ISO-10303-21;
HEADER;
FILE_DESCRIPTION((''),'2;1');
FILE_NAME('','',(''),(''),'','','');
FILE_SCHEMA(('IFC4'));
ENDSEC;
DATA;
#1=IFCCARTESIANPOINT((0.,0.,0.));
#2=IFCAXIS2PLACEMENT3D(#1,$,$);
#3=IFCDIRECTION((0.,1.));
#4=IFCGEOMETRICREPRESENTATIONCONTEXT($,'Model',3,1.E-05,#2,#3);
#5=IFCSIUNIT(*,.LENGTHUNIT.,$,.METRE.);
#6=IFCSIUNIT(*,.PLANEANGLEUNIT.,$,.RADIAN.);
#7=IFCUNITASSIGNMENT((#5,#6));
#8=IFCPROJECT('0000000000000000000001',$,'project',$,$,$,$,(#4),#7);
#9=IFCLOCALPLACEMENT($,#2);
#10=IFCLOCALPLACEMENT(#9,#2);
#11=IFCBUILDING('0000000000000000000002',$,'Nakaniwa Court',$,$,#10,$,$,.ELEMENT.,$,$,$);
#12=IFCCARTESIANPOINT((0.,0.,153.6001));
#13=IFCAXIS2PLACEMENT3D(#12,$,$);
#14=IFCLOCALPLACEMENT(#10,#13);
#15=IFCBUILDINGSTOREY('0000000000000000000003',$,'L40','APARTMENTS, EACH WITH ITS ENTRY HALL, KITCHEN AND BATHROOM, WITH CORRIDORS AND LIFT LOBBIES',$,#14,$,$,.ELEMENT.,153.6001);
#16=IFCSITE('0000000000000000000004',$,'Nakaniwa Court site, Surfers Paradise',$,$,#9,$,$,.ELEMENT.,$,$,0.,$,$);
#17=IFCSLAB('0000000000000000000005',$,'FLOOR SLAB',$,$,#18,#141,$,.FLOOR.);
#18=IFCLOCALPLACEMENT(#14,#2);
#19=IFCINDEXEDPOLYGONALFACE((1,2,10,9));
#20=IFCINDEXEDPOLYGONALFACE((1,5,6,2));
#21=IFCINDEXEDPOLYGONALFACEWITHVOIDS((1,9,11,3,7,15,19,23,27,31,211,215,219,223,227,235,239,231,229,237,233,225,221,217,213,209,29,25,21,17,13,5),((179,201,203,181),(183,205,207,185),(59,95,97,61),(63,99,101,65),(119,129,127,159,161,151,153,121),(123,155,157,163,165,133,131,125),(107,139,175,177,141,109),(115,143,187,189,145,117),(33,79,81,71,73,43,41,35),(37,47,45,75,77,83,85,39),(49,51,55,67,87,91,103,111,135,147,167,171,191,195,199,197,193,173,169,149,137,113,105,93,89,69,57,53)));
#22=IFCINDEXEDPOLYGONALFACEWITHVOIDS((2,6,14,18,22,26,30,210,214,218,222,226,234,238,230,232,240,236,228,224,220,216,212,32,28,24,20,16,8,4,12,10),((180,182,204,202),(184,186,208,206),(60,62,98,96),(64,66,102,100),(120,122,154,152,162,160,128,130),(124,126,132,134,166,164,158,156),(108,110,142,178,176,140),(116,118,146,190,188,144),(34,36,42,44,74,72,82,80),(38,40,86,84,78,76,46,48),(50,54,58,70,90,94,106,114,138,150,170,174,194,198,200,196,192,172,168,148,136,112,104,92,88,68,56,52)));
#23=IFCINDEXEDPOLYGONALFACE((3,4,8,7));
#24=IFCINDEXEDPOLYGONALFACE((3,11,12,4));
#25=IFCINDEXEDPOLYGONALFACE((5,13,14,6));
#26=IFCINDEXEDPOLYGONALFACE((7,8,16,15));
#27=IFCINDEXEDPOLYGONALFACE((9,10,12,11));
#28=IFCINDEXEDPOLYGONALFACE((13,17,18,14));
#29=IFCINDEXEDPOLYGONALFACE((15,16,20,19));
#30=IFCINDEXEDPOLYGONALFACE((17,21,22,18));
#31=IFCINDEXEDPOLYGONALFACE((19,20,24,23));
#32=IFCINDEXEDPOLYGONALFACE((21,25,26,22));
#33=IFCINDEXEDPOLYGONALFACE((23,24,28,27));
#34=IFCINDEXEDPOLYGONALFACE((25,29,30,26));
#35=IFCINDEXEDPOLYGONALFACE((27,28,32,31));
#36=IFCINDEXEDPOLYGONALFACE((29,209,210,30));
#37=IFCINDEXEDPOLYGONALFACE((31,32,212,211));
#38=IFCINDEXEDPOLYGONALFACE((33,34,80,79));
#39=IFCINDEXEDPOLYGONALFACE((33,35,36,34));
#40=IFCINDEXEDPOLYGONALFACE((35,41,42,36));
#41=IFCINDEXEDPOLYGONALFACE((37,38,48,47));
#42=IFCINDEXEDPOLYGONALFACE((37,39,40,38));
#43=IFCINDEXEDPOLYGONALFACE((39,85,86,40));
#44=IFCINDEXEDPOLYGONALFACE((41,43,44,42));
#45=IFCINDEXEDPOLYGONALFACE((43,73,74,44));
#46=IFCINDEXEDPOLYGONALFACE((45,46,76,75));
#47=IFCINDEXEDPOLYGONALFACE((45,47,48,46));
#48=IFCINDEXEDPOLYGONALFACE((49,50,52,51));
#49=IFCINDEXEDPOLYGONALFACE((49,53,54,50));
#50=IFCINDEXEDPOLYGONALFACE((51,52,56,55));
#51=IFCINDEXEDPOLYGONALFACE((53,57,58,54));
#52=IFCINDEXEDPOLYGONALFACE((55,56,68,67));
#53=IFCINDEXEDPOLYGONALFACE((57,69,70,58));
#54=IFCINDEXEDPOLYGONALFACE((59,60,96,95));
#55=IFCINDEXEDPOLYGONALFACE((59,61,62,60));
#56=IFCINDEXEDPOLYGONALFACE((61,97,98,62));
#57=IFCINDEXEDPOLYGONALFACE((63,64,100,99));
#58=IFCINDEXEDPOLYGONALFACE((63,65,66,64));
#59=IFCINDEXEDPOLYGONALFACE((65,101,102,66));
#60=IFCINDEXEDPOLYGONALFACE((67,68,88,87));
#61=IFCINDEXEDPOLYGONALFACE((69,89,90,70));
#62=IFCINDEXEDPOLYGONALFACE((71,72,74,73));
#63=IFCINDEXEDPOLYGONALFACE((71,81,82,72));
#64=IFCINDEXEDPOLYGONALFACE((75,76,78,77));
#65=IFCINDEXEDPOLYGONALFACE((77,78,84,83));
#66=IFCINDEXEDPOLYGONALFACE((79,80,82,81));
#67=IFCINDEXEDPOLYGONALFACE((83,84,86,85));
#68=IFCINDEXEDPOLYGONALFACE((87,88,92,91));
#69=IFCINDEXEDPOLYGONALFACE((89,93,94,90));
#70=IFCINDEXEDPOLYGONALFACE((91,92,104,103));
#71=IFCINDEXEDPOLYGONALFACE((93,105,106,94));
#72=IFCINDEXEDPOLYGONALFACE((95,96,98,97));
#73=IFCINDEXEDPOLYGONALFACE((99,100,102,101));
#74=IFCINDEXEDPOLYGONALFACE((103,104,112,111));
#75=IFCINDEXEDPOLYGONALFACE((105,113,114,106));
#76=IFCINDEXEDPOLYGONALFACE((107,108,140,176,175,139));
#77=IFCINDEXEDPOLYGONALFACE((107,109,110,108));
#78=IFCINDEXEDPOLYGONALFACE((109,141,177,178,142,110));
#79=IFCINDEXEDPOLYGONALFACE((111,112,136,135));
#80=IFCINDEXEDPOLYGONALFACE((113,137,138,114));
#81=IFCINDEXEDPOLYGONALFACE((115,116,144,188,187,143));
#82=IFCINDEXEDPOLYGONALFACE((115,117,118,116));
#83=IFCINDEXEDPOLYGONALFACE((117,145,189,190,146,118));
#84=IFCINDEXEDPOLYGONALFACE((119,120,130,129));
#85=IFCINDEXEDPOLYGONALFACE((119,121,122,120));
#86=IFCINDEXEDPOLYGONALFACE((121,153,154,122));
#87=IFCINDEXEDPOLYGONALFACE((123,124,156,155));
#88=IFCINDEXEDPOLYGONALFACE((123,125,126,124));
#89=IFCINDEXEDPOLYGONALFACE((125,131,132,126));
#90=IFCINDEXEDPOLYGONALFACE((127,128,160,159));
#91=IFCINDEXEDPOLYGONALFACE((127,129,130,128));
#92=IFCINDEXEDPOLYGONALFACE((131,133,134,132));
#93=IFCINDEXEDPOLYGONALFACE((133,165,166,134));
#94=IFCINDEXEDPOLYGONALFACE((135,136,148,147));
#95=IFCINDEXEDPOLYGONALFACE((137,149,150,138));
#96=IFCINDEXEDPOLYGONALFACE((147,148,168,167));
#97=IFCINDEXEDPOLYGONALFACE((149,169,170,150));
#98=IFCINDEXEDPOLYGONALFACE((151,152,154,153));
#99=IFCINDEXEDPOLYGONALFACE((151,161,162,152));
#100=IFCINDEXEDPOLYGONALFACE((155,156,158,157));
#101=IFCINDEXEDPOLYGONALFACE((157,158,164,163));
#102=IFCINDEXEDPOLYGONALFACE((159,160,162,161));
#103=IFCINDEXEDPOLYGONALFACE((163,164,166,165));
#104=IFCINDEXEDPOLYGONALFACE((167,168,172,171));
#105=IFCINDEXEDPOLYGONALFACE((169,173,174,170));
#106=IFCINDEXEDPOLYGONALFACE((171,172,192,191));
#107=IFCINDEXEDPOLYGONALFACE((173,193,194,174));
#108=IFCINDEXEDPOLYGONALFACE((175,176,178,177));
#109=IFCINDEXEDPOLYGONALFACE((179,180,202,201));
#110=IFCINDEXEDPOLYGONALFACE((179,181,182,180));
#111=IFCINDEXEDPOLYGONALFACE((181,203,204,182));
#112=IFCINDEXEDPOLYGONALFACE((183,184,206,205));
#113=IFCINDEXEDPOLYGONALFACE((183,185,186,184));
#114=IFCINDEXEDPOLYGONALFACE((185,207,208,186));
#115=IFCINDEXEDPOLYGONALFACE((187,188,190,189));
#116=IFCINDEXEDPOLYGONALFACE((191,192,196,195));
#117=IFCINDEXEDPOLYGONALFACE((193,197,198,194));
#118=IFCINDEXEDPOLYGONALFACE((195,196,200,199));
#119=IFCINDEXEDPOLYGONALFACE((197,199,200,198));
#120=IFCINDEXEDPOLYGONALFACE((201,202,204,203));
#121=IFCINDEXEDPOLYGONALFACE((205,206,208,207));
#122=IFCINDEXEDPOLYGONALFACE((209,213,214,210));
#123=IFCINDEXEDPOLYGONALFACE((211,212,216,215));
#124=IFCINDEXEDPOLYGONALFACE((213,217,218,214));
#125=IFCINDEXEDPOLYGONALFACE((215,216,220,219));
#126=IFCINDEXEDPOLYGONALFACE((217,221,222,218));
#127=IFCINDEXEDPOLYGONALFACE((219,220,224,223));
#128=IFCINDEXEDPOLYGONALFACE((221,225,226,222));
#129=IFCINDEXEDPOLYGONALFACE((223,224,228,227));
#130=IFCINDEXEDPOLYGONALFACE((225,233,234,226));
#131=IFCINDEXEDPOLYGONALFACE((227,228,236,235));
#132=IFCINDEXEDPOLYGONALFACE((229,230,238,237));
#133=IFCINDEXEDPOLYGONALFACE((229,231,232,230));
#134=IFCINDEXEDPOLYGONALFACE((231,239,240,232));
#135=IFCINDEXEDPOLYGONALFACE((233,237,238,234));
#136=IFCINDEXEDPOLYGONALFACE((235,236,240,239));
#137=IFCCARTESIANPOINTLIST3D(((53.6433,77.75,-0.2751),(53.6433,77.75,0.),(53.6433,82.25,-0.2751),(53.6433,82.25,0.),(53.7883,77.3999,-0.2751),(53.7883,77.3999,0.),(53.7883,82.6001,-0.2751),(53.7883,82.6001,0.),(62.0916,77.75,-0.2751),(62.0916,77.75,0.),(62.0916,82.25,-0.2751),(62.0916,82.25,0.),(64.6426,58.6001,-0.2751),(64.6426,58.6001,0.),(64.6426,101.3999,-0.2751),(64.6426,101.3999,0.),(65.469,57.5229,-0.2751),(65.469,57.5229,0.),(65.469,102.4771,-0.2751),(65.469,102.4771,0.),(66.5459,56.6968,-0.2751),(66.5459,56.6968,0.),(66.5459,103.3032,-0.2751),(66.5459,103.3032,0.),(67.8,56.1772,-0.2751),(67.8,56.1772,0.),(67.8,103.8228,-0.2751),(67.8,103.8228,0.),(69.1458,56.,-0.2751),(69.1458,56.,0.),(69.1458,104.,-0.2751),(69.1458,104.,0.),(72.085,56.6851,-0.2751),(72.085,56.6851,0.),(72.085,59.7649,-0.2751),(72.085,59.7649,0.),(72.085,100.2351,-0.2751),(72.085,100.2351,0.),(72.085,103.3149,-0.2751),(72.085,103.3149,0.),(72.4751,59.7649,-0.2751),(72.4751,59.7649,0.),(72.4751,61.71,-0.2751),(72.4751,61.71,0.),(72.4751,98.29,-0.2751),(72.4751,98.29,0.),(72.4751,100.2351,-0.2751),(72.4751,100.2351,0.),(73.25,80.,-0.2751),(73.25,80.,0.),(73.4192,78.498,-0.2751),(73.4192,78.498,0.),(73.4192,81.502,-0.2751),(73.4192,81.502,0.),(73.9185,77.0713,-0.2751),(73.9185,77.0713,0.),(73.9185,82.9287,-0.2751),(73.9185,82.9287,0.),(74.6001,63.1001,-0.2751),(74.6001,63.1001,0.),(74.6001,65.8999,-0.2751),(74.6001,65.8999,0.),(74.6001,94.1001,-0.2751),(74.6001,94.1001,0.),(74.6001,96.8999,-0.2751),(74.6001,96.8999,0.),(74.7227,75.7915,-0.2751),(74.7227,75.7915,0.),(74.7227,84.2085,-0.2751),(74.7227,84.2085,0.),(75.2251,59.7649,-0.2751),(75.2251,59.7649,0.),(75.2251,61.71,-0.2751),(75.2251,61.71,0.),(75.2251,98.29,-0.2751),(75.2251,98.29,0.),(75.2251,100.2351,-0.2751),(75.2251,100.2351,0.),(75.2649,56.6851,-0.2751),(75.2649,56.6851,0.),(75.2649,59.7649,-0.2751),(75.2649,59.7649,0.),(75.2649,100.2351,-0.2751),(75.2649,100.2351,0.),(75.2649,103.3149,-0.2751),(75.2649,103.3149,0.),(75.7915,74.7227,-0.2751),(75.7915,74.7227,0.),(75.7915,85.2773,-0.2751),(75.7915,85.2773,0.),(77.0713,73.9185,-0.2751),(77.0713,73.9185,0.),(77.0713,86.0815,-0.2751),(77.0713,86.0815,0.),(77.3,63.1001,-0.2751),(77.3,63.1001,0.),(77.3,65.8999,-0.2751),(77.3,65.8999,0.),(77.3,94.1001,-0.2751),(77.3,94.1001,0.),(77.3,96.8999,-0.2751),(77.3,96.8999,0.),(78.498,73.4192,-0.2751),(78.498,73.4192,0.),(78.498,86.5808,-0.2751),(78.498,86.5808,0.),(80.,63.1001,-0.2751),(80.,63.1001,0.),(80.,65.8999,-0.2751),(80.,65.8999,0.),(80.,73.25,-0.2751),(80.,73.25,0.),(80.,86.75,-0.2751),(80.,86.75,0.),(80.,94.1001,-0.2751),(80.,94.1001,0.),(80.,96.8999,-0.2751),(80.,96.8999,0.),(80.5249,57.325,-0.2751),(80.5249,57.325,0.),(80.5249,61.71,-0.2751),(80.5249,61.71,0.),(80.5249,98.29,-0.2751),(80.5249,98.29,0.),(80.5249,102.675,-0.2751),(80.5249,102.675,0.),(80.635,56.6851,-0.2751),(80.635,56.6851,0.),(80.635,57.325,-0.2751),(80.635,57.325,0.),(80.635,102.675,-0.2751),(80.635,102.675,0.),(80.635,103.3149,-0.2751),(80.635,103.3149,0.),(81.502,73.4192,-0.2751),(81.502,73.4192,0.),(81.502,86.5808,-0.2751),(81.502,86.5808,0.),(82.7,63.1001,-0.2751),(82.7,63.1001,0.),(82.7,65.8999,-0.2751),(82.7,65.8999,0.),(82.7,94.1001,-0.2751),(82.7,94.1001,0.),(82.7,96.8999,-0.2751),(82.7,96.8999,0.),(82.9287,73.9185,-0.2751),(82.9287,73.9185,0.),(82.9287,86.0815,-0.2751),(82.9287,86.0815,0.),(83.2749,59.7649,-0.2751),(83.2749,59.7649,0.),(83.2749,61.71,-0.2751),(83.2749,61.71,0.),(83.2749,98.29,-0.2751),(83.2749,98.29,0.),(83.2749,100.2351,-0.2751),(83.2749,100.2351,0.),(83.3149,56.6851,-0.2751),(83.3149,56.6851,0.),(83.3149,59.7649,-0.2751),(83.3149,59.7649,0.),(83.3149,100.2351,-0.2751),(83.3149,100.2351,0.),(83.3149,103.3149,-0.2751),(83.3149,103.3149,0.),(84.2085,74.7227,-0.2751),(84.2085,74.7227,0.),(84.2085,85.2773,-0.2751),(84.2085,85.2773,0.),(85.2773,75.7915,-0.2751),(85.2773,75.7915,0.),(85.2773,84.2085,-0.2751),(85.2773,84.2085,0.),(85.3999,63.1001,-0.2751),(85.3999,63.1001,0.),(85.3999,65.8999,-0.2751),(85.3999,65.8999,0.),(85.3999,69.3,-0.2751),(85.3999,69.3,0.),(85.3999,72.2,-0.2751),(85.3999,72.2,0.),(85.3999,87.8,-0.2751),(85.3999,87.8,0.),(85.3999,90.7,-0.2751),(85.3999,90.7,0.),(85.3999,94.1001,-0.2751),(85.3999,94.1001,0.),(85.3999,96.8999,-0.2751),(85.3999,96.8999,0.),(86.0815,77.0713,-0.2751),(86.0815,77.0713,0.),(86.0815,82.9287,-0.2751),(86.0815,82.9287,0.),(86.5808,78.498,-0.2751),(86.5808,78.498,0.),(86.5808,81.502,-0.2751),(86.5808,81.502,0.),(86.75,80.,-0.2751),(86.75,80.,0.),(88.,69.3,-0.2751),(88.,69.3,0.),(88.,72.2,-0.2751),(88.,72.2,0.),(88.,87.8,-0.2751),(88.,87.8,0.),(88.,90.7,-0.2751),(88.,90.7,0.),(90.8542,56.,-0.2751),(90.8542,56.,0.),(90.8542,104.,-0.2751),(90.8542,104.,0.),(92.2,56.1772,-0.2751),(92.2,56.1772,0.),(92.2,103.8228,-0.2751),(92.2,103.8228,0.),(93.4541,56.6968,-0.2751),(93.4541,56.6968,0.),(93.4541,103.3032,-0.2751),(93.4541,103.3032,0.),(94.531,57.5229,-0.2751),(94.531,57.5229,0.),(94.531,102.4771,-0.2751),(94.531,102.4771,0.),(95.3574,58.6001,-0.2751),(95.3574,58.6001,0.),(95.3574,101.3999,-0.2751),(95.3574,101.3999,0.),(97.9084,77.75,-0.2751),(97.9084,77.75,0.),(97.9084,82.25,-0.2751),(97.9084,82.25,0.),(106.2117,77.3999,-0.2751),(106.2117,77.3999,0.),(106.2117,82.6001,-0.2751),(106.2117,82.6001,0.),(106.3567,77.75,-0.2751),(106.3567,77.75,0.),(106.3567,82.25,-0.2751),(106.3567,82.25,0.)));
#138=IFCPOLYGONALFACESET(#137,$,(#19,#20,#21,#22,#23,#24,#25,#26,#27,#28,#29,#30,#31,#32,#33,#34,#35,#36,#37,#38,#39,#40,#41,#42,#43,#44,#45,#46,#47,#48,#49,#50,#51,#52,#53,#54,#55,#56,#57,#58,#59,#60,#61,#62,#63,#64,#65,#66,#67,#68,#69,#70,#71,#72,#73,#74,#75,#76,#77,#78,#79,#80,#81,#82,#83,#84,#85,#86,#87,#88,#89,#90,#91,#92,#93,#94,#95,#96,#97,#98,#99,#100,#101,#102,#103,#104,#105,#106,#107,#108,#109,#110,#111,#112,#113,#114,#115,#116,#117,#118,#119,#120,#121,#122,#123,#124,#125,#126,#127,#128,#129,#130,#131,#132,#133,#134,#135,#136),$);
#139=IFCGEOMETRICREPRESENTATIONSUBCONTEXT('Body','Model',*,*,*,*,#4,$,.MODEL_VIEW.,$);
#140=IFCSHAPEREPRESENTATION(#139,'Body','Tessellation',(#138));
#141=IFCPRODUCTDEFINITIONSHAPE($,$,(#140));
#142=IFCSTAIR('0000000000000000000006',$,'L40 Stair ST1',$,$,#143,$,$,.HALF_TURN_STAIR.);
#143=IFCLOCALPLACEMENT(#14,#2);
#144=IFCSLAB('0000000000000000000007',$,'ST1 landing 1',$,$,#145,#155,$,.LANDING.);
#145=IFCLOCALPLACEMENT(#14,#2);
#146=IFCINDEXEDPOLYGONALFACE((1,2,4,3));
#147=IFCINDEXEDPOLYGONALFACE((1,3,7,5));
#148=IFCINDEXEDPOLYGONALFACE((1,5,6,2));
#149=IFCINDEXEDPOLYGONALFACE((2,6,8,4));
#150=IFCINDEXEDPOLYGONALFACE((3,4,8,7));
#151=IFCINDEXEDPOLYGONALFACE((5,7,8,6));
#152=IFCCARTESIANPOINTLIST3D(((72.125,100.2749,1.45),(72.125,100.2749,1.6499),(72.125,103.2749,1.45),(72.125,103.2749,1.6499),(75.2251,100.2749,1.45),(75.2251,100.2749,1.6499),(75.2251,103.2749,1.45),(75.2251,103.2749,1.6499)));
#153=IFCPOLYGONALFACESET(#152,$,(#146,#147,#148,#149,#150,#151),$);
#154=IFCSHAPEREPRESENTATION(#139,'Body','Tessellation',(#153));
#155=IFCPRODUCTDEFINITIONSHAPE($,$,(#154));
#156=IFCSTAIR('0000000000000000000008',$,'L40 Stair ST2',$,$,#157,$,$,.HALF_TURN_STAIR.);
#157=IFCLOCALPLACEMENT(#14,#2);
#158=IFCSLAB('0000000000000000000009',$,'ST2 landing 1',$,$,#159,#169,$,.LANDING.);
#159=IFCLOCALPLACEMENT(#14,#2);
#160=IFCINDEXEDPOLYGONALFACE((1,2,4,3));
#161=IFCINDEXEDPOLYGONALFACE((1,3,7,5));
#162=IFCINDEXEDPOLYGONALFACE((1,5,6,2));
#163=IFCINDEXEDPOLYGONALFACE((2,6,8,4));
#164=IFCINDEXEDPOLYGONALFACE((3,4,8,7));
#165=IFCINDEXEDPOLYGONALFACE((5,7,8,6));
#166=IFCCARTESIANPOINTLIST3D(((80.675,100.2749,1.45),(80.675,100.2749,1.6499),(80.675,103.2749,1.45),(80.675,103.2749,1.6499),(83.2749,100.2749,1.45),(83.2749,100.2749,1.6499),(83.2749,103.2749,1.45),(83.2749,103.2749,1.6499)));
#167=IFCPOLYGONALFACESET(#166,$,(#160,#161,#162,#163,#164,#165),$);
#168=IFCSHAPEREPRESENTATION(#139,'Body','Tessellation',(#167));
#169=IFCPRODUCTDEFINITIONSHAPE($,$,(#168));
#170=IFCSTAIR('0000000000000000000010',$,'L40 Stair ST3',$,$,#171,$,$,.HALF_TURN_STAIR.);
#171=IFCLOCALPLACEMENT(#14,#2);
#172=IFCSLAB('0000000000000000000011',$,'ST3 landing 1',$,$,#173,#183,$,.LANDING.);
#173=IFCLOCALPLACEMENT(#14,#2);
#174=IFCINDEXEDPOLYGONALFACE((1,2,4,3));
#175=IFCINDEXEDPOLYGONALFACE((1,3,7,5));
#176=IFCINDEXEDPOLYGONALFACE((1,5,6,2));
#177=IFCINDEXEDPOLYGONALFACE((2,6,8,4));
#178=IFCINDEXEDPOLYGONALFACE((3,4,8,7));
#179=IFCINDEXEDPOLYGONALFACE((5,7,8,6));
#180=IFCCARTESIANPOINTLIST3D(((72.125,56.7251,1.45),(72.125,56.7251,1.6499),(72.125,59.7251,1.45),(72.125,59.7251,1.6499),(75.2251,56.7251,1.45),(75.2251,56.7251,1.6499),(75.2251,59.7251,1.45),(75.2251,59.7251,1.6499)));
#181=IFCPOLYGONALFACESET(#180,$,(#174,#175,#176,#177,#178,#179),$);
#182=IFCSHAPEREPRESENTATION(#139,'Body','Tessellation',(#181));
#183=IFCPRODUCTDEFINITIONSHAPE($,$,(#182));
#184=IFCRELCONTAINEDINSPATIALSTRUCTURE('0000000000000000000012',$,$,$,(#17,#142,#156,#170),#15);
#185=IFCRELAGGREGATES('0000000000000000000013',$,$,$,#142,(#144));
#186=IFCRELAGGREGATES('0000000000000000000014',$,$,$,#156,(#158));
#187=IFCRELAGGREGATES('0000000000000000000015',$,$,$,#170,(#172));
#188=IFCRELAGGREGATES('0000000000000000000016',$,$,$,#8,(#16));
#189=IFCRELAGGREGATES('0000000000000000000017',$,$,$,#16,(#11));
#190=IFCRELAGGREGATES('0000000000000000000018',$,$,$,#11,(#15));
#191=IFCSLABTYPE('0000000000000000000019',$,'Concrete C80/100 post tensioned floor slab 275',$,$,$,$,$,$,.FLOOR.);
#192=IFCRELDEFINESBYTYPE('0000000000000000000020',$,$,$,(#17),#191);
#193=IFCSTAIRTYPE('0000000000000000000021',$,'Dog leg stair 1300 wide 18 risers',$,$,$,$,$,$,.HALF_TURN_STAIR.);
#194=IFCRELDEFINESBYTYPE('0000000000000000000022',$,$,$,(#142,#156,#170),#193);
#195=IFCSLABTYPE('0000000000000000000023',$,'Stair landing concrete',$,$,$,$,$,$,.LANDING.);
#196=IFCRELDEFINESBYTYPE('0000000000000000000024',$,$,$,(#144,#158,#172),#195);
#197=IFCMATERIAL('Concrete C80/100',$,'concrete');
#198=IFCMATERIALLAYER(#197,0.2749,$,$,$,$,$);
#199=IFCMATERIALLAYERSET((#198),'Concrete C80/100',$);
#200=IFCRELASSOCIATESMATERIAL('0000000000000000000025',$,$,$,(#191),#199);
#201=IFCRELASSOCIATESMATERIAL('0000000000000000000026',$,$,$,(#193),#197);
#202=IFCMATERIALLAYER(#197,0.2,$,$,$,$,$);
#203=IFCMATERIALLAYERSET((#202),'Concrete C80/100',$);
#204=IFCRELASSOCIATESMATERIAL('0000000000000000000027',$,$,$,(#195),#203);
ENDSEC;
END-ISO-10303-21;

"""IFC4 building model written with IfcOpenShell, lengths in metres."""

from ifc_helpers import new_model, si_unit, direction, frame, origin, place, context, subcontext, project, spatial, polyline, outline, extrude, material, layer, layer_set, type_object, element, aggregate, save


model = new_model("IFC4")

# Units and contexts
model_context = context("Model", 3, precision=1e-05, world=origin(), true_north=direction((0.0, 1.0)))
body_context = subcontext(model_context, "Body", "Model", "MODEL_VIEW")
ifc_project = project(units=[si_unit("LENGTHUNIT", "METRE"), si_unit("PLANEANGLEUNIT", "RADIAN")], contexts=[model_context])

# Site, building, storey
site_placement = place(None, origin())
site = spatial("IfcSite", under=ifc_project, at=site_placement, Name="Nakaniwa Court site, Surfers Paradise", CompositionType="ELEMENT", RefElevation=0.0)
building_placement = place(site_placement, origin())
building = spatial("IfcBuilding", under=site, at=building_placement, Name="Nakaniwa Court", CompositionType="ELEMENT")
storey_placement = place(building_placement, frame((0.0, 0.0, 153.6001)))
storey = spatial("IfcBuildingStorey", under=building, at=storey_placement, Name="L40", Description="APARTMENTS, EACH WITH ITS ENTRY HALL, KITCHEN AND BATHROOM, WITH CORRIDORS AND LIFT LOBBIES", CompositionType="ELEMENT", Elevation=153.6001)

# Shared definitions
ifc_material_1 = material(Name="Concrete C80/100", Category="concrete")

# Slab
ifc_layer_1 = layer(ifc_material_1, 0.2749)
ifc_layer_set_1 = layer_set([ifc_layer_1], Name="Concrete C80/100")
slab_type_1 = type_object("IfcSlabType", Name="Concrete C80/100 post tensioned floor slab 275", PredefinedType="FLOOR", material=ifc_layer_set_1)
slab_1_placement = place(storey_placement, frame((0.0, 0.0, -0.2751)))
element("IfcSlab", 1, at=slab_1_placement, inside=storey, type_object=slab_type_1, Name="FLOOR SLAB", PredefinedType="FLOOR", context=body_context, shape_type="SweptSolid", body=[
    extrude(outline(polyline([(97.9084, 82.25), (106.3567, 82.25), (106.2117, 82.6001), (95.3574, 101.3999), (94.531, 102.4771), (93.4541, 103.3032), (92.2, 103.8228), (90.8542, 104.0), (69.1458, 104.0), (67.8, 103.8228), (66.5459, 103.3032), (65.469, 102.4771), (64.6426, 101.3999), (53.7883, 82.6001), (53.6433, 82.25), (62.0916, 82.25), (62.0916, 77.75), (53.6433, 77.75), (53.7883, 77.3999), (64.6426, 58.6001), (65.469, 57.5229), (66.5459, 56.6968), (67.8, 56.1772), (69.1458, 56.0), (90.8542, 56.0), (92.2, 56.1772), (93.4541, 56.6968), (94.531, 57.5229), (95.3574, 58.6001), (106.2117, 77.3999), (106.3567, 77.75), (97.9084, 77.75), (97.9084, 82.25)]), holes=[polyline([(81.502, 86.5808), (80.0, 86.75), (78.498, 86.5808), (77.0713, 86.0815), (75.7915, 85.2773), (74.7227, 84.2085), (73.9185, 82.9287), (73.4192, 81.502), (73.25, 80.0), (73.4192, 78.498), (73.9185, 77.0713), (74.7227, 75.7915), (75.7915, 74.7227), (77.0713, 73.9185), (78.498, 73.4192), (80.0, 73.25), (81.502, 73.4192), (82.9287, 73.9185), (84.2085, 74.7227), (85.2773, 75.7915), (86.0815, 77.0713), (86.5808, 78.498), (86.75, 80.0), (86.5808, 81.502), (86.0815, 82.9287), (85.2773, 84.2085), (84.2085, 85.2773), (82.9287, 86.0815), (81.502, 86.5808)]), polyline([(72.4751, 61.71), (72.4751, 59.7649), (72.085, 59.7649), (72.085, 56.6851), (75.2649, 56.6851), (75.2649, 59.7649), (75.2251, 59.7649), (75.2251, 61.71), (72.4751, 61.71)]), polyline([(77.3, 65.8999), (74.6001, 65.8999), (74.6001, 63.1001), (77.3, 63.1001), (77.3, 65.8999)]), polyline([(80.0, 65.8999), (80.0, 63.1001), (82.7, 63.1001), (85.3999, 63.1001), (85.3999, 65.8999), (82.7, 65.8999), (80.0, 65.8999)]), polyline([(77.3, 96.8999), (74.6001, 96.8999), (74.6001, 94.1001), (77.3, 94.1001), (77.3, 96.8999)]), polyline([(80.0, 96.8999), (80.0, 94.1001), (82.7, 94.1001), (85.3999, 94.1001), (85.3999, 96.8999), (82.7, 96.8999), (80.0, 96.8999)]), polyline([(75.2649, 100.2351), (75.2649, 103.3149), (72.085, 103.3149), (72.085, 100.2351), (72.4751, 100.2351), (72.4751, 98.29), (75.2251, 98.29), (75.2251, 100.2351), (75.2649, 100.2351)]), polyline([(83.2749, 61.71), (80.5249, 61.71), (80.5249, 57.325), (80.635, 57.325), (80.635, 56.6851), (83.3149, 56.6851), (83.3149, 59.7649), (83.2749, 59.7649), (83.2749, 61.71)]), polyline([(88.0, 72.2), (85.3999, 72.2), (85.3999, 69.3), (88.0, 69.3), (88.0, 72.2)]), polyline([(88.0, 90.7), (85.3999, 90.7), (85.3999, 87.8), (88.0, 87.8), (88.0, 90.7)]), polyline([(83.3149, 100.2351), (83.3149, 103.3149), (80.635, 103.3149), (80.635, 102.675), (80.5249, 102.675), (80.5249, 98.29), (83.2749, 98.29), (83.2749, 100.2351), (83.3149, 100.2351)])]), origin(), (0.0, 0.0, 1.0), 0.2751),
])

# Stairs, slabs
stair_type = type_object("IfcStairType", Name="Dog leg stair 1300 wide 18 risers", PredefinedType="HALF_TURN_STAIR", material=ifc_material_1)
stair_1_placement = place(storey_placement, origin())
stair_1 = element("IfcStair", 2, at=stair_1_placement, inside=storey, type_object=stair_type, Name="L40 Stair ST1", PredefinedType="HALF_TURN_STAIR")
ifc_layer_2 = layer(ifc_material_1, 0.2)
ifc_layer_set_2 = layer_set([ifc_layer_2], Name="Concrete C80/100")
slab_type_2 = type_object("IfcSlabType", Name="Stair landing concrete", PredefinedType="LANDING", material=ifc_layer_set_2)
slab_2_placement = place(storey_placement, frame((0.0, 0.0, 1.45)))
slab_2 = element("IfcSlab", 3, at=slab_2_placement, type_object=slab_type_2, Name="ST1 landing 1", PredefinedType="LANDING", context=body_context, shape_type="SweptSolid", body=[
    extrude(outline(polyline([(75.2251, 100.2749), (75.2251, 103.2749), (72.125, 103.2749), (72.125, 100.2749), (75.2251, 100.2749)])), origin(), (0.0, 0.0, 1.0), 0.2),
])
aggregate(stair_1, [slab_2])
stair_2_placement = place(storey_placement, origin())
stair_2 = element("IfcStair", 4, at=stair_2_placement, inside=storey, type_object=stair_type, Name="L40 Stair ST2", PredefinedType="HALF_TURN_STAIR")
slab_3_placement = place(storey_placement, frame((0.0, 0.0, 1.45)))
slab_3 = element("IfcSlab", 5, at=slab_3_placement, type_object=slab_type_2, Name="ST2 landing 1", PredefinedType="LANDING", context=body_context, shape_type="SweptSolid", body=[
    extrude(outline(polyline([(83.2749, 100.2749), (83.2749, 103.2749), (80.675, 103.2749), (80.675, 100.2749), (83.2749, 100.2749)])), origin(), (0.0, 0.0, 1.0), 0.2),
])
aggregate(stair_2, [slab_3])
stair_3_placement = place(storey_placement, origin())
stair_3 = element("IfcStair", 6, at=stair_3_placement, inside=storey, type_object=stair_type, Name="L40 Stair ST3", PredefinedType="HALF_TURN_STAIR")
slab_4_placement = place(storey_placement, frame((0.0, 0.0, 1.45)))
slab_4 = element("IfcSlab", 7, at=slab_4_placement, type_object=slab_type_2, Name="ST3 landing 1", PredefinedType="LANDING", context=body_context, shape_type="SweptSolid", body=[
    extrude(outline(polyline([(75.2251, 56.7251), (75.2251, 59.7251), (72.125, 59.7251), (72.125, 56.7251), (75.2251, 56.7251)])), origin(), (0.0, 0.0, 1.0), 0.2),
])
aggregate(stair_3, [slab_4])

save(model, "model.ifc")
